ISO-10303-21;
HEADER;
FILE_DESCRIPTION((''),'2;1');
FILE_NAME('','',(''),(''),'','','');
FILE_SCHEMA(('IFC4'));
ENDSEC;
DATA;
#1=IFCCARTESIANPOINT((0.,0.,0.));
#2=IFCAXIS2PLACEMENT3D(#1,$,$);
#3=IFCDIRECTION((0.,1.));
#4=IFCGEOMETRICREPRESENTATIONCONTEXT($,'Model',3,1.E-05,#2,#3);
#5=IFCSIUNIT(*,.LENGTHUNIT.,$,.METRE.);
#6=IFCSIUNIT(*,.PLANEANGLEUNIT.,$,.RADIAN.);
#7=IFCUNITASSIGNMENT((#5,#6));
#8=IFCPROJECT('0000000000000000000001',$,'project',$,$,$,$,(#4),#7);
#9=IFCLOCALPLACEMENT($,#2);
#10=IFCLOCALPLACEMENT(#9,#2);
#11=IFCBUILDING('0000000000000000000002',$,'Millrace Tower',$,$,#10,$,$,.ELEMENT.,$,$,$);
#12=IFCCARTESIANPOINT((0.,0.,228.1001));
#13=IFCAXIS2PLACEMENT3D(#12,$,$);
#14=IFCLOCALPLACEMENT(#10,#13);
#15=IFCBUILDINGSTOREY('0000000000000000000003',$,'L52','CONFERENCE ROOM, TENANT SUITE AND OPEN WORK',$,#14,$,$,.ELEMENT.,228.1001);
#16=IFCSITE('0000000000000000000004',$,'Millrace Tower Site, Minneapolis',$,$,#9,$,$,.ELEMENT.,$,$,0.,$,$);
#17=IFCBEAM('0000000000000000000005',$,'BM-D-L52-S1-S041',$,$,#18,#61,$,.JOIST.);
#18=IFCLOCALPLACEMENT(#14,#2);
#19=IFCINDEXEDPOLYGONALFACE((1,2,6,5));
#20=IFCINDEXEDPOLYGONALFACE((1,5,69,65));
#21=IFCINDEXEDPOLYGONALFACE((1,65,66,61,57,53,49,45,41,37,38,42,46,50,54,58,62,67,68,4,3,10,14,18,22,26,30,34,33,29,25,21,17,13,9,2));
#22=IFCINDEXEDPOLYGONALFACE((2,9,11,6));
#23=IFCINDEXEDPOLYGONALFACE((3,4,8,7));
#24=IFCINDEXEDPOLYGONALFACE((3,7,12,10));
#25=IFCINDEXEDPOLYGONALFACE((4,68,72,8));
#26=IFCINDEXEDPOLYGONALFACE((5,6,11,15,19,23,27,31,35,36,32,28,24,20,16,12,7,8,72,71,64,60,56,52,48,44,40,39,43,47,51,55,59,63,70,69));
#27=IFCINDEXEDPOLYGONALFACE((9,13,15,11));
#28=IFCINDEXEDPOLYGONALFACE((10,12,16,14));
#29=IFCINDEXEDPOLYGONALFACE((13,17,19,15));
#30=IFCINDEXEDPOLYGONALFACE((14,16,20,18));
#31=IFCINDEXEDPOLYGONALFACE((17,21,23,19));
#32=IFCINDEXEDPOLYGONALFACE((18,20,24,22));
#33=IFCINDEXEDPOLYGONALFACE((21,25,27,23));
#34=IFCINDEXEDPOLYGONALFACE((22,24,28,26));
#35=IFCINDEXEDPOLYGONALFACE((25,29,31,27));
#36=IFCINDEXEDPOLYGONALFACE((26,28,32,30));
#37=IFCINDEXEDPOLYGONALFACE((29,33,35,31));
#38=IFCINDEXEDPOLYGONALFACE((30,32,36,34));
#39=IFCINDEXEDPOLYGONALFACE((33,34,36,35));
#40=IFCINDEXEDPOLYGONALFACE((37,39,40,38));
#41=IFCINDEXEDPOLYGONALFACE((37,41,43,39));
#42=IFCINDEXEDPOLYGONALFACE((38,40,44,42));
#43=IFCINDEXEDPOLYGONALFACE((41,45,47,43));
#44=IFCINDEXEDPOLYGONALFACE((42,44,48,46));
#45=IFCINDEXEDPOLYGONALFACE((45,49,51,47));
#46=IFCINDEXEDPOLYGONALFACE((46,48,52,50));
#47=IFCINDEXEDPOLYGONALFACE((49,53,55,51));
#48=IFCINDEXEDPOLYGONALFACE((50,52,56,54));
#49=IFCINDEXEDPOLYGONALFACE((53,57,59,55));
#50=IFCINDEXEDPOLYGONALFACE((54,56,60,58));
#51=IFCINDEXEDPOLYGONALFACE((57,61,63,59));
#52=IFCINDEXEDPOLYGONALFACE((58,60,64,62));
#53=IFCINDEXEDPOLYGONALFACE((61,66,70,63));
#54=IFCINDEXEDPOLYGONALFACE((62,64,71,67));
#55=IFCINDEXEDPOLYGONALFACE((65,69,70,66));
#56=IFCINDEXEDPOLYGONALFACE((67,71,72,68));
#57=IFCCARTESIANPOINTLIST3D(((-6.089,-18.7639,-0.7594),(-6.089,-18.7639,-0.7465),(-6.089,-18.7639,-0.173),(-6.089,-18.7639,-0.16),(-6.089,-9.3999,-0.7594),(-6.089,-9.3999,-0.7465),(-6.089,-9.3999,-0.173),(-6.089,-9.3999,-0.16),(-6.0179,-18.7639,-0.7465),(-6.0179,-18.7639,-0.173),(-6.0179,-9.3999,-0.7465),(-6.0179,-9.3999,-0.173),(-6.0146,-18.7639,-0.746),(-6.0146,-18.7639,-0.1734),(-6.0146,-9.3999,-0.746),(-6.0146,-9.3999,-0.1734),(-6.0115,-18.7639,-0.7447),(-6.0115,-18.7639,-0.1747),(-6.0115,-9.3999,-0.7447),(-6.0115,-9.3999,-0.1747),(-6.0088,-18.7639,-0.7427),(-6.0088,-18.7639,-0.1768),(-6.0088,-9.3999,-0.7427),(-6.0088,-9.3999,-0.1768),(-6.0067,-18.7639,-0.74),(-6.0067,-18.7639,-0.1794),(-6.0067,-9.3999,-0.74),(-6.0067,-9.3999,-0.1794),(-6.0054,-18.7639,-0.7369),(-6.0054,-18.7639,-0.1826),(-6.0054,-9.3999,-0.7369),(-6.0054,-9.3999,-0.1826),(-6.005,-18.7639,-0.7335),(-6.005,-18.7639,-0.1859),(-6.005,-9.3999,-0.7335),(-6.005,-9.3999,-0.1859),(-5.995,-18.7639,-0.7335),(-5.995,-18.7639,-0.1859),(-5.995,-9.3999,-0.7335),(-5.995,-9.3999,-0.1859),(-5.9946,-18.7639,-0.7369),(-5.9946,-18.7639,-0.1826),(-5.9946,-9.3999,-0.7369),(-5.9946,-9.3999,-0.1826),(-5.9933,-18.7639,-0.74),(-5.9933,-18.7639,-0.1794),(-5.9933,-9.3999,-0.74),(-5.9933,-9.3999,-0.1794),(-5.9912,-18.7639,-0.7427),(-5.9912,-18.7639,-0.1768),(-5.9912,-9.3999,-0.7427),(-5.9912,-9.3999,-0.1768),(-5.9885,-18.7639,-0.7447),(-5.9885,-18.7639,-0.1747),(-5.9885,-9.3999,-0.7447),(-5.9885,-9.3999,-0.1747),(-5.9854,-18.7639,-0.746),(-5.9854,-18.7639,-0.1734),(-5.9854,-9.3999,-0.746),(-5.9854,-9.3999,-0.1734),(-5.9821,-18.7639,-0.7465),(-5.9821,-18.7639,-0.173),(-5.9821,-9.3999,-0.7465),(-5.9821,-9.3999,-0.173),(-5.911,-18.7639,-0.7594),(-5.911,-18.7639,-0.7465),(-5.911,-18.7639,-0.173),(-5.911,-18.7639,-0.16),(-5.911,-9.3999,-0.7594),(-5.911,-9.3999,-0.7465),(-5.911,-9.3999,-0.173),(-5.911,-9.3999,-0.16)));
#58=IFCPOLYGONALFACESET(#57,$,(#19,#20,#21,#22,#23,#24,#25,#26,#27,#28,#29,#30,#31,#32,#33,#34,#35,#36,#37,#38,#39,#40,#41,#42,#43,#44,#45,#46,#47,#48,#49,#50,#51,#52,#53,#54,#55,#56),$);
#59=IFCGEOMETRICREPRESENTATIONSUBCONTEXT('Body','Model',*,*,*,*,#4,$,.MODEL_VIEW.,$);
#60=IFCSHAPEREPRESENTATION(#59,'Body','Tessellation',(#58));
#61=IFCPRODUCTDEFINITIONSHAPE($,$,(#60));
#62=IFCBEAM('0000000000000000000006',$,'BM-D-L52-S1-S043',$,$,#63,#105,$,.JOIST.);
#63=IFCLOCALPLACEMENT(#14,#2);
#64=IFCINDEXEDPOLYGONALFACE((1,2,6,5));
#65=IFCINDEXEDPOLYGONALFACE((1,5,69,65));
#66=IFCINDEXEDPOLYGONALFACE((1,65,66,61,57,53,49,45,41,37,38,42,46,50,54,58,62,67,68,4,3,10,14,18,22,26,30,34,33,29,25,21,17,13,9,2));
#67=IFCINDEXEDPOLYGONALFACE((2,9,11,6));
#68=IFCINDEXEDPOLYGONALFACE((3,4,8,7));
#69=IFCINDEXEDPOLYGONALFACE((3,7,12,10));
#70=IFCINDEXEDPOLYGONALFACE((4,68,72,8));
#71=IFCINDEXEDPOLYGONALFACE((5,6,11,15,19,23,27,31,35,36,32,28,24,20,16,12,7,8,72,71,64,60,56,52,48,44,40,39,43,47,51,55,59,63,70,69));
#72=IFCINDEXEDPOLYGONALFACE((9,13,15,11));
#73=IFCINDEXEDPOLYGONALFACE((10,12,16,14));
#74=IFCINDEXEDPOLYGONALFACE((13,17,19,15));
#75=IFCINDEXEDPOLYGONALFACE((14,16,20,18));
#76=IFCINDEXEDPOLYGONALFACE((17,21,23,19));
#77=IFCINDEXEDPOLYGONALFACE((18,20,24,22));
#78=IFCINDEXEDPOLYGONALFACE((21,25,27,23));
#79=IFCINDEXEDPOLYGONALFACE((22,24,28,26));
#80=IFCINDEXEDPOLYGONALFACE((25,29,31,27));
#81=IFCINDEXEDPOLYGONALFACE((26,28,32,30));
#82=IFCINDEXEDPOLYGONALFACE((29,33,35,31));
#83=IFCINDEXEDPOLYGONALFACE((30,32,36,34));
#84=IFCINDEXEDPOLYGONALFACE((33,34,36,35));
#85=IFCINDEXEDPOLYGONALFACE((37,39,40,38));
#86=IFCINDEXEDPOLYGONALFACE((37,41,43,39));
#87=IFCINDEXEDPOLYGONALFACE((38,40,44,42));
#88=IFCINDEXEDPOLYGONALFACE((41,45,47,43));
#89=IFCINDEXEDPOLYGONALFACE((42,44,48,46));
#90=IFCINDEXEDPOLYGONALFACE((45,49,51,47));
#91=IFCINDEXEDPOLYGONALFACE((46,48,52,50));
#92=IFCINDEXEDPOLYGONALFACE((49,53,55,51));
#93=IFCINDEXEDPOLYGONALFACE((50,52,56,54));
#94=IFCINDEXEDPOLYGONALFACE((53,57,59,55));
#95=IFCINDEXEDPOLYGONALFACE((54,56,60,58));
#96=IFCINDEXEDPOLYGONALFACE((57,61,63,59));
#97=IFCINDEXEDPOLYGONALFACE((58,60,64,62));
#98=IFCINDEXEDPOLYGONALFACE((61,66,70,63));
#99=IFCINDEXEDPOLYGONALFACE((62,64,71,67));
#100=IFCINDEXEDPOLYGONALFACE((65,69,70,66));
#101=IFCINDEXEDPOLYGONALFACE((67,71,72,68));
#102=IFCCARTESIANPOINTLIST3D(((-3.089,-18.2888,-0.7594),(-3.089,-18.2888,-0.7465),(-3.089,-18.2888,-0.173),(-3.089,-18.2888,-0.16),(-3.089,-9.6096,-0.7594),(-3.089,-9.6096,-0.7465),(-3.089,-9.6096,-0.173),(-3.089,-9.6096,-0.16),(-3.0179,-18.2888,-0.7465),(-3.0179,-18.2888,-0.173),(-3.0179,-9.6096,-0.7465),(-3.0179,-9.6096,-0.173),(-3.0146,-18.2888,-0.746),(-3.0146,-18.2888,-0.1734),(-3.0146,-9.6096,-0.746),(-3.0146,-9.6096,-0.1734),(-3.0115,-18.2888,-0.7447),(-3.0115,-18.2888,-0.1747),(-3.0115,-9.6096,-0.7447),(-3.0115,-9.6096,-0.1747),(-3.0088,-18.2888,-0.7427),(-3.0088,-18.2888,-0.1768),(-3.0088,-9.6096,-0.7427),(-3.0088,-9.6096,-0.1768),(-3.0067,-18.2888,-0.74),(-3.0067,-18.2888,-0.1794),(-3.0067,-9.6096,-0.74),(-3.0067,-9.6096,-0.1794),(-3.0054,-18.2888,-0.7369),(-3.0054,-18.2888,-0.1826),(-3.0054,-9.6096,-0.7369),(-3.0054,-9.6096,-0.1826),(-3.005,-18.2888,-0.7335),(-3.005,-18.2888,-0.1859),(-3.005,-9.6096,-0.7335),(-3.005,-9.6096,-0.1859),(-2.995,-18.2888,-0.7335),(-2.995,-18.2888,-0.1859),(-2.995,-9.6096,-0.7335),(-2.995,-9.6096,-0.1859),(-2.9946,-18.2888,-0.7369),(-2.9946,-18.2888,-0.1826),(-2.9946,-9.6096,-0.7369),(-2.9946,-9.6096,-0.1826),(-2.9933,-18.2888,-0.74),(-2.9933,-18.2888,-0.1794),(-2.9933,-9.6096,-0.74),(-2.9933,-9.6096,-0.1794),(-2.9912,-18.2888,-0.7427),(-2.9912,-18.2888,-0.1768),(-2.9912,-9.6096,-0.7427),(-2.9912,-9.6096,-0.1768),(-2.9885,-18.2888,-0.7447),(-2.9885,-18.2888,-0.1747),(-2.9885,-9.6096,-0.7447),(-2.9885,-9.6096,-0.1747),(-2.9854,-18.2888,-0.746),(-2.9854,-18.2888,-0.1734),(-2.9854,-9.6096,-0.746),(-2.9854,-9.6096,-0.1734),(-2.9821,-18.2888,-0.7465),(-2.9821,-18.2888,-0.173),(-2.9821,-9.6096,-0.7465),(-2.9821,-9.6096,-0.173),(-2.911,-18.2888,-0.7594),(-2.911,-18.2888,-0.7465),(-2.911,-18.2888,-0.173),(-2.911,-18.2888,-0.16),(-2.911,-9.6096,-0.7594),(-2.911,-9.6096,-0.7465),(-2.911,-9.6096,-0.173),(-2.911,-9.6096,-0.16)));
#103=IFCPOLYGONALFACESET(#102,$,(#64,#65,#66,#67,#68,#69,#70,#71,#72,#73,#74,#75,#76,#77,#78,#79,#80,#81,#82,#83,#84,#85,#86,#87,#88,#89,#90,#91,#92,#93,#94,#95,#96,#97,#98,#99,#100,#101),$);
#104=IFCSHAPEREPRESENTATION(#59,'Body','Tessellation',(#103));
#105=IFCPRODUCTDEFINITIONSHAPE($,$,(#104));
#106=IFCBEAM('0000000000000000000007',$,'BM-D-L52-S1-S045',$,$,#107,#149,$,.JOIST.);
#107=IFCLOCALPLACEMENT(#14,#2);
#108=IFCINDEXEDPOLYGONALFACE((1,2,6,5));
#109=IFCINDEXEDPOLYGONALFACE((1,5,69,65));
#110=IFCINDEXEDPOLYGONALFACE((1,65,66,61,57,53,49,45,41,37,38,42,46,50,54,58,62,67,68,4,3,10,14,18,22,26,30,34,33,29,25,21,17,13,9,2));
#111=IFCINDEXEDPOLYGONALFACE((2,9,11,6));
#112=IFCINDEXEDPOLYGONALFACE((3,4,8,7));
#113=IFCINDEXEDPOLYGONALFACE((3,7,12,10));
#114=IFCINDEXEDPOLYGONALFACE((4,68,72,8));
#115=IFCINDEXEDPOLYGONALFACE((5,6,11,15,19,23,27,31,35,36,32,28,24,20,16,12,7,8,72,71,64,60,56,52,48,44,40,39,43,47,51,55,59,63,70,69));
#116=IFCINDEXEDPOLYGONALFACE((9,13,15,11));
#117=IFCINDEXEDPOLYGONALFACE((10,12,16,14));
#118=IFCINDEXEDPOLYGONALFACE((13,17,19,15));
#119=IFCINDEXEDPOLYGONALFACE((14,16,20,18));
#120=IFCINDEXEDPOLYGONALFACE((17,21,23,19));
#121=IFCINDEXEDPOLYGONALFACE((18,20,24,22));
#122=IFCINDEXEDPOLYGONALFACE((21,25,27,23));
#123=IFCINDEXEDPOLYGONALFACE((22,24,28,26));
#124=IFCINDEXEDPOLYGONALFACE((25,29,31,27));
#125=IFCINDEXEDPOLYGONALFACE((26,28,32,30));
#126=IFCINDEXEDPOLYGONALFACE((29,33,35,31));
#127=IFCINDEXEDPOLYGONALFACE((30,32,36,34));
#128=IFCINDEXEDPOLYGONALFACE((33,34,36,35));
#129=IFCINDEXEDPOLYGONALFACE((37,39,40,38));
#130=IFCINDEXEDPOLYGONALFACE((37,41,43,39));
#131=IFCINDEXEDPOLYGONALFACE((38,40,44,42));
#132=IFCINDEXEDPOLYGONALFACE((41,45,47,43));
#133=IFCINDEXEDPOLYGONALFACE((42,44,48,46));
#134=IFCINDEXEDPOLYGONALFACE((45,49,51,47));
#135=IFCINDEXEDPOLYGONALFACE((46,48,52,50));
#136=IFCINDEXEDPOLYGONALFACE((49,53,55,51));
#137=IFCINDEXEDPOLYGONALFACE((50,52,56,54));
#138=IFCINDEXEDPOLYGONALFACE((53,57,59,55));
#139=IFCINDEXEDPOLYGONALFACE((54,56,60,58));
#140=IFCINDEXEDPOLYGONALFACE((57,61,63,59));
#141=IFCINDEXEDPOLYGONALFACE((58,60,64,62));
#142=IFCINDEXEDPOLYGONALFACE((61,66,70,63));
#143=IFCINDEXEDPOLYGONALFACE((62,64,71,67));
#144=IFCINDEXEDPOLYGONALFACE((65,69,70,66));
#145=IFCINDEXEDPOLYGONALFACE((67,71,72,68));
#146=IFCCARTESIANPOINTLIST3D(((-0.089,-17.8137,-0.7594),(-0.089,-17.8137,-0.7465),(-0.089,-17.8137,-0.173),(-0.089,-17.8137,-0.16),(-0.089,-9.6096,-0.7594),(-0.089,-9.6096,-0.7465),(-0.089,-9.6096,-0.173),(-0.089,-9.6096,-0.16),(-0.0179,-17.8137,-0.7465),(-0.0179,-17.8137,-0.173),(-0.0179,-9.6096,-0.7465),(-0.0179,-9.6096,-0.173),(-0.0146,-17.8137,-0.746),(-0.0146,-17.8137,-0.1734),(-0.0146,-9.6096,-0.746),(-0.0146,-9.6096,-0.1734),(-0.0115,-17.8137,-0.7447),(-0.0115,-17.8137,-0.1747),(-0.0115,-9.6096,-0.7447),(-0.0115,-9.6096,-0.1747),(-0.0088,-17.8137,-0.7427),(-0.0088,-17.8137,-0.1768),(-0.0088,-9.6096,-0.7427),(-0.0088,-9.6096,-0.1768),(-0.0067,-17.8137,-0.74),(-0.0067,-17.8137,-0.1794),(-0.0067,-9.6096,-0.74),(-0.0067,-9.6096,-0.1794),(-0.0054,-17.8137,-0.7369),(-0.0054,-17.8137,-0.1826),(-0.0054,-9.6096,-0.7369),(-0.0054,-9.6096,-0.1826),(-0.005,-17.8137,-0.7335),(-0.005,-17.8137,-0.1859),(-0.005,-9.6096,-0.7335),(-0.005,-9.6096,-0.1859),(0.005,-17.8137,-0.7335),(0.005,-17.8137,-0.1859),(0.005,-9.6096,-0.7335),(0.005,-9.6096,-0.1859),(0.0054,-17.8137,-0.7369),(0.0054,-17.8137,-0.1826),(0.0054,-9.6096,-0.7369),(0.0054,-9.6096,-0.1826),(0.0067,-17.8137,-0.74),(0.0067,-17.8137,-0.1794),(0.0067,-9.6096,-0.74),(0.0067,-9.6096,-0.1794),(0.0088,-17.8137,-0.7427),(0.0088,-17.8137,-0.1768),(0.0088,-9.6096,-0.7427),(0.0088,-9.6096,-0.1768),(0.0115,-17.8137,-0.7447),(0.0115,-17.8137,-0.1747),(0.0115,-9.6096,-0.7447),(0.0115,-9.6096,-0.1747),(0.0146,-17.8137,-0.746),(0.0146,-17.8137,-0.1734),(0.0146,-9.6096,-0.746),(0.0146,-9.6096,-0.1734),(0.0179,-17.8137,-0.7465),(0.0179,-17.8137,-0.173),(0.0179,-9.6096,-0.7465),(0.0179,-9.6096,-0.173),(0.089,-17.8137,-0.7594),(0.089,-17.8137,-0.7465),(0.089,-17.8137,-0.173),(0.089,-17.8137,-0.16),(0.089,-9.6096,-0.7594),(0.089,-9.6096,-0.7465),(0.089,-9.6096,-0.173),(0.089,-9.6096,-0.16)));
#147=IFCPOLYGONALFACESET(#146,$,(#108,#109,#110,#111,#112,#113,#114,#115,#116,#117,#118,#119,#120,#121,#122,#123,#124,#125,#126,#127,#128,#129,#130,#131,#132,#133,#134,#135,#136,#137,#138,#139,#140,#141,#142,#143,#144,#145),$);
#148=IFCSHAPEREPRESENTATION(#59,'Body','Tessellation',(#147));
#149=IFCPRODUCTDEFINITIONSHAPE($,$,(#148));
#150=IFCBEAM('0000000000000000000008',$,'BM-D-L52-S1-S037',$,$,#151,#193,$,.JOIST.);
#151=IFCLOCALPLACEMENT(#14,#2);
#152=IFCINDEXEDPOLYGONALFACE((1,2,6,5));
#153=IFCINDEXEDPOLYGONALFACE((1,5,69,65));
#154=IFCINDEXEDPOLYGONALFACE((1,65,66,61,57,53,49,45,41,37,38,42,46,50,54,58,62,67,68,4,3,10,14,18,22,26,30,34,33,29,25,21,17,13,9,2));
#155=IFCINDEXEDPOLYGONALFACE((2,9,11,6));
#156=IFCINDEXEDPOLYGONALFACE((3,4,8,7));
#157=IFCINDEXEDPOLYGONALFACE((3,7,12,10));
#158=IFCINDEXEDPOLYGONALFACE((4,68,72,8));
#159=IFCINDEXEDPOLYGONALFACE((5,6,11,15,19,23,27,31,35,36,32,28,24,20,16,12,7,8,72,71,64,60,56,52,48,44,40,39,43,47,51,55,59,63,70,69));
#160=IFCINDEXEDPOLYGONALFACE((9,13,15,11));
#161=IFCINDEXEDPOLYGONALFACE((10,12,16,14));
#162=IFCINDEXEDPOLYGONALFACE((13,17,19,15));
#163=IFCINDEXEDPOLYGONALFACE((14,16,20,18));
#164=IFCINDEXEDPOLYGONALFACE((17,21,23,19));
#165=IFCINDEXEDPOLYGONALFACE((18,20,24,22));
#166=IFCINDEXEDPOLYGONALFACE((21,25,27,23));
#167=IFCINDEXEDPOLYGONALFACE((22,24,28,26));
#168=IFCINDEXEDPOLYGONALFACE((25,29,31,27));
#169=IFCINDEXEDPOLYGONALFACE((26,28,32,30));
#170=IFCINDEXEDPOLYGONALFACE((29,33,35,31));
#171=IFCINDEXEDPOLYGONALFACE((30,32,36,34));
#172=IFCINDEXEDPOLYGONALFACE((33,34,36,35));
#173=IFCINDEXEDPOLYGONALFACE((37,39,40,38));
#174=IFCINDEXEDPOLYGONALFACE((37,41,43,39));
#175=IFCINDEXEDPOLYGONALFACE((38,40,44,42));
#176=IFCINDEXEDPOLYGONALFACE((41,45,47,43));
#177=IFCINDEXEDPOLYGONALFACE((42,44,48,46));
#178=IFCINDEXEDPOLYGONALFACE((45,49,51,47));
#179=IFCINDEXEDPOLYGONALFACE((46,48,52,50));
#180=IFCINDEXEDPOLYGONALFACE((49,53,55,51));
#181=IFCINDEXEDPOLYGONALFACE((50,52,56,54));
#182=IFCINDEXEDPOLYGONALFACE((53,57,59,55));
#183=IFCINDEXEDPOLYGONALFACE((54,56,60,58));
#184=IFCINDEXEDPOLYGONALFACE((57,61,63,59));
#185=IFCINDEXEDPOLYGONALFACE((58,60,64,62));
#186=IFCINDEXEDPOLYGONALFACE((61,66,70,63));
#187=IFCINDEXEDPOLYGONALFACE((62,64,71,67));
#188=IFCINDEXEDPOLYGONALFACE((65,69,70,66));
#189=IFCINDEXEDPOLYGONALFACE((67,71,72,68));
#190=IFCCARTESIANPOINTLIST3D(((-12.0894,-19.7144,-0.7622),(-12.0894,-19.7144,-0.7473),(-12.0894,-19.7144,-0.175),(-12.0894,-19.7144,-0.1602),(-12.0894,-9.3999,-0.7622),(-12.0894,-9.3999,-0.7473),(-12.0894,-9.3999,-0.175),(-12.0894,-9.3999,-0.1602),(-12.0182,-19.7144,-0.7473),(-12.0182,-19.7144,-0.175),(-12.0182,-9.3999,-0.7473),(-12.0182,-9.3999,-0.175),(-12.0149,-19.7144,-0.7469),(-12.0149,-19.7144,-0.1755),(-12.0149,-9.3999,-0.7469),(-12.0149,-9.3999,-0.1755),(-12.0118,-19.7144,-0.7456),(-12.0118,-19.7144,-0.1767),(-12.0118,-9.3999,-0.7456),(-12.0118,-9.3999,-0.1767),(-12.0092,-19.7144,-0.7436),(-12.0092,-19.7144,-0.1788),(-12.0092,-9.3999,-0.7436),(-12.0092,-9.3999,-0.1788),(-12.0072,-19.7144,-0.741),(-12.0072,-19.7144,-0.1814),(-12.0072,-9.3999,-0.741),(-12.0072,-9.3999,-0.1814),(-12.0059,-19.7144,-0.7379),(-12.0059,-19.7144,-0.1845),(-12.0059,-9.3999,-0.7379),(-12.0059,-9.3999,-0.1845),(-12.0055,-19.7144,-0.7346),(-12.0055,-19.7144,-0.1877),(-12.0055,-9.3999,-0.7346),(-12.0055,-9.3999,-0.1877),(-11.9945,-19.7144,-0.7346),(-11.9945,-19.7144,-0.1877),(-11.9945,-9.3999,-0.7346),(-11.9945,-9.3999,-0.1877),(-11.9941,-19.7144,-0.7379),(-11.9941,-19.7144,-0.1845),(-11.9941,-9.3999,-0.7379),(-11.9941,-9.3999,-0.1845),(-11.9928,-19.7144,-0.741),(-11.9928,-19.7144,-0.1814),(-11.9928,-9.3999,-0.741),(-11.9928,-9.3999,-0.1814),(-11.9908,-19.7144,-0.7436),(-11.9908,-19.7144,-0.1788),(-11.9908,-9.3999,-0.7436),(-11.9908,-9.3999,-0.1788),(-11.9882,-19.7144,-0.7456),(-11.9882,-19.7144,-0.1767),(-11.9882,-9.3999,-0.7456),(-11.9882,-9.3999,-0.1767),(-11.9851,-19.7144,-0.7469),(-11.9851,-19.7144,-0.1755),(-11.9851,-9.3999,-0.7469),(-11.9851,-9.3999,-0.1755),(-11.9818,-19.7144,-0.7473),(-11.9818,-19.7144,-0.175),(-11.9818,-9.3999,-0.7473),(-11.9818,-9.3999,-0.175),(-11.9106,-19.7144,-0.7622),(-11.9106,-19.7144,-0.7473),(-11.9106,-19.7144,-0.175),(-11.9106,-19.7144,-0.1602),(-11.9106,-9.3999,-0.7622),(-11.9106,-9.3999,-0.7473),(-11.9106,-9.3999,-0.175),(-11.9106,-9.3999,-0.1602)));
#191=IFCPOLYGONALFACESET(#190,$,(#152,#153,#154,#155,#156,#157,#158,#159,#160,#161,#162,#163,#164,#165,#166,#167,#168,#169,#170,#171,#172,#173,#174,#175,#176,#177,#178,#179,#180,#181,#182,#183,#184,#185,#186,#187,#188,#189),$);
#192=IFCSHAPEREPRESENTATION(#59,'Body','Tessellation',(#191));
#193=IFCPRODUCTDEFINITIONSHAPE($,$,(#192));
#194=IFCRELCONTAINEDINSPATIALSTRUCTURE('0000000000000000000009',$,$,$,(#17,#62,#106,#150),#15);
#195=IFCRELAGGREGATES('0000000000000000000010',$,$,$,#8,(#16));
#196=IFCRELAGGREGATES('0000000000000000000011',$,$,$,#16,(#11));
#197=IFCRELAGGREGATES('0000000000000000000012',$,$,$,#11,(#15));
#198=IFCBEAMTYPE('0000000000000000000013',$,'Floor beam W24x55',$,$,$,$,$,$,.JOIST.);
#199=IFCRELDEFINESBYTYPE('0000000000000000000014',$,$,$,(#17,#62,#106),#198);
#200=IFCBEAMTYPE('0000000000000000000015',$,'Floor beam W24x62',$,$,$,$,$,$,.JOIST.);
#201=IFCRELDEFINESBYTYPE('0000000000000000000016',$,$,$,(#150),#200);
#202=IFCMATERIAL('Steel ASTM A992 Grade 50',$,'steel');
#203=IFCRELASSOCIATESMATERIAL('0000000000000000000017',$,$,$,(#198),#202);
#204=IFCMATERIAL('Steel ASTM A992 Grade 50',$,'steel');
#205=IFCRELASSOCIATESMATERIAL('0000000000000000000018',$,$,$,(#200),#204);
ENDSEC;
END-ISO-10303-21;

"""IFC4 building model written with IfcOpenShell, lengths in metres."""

from ifc_helpers import new_model, si_unit, direction, frame, origin, origin_2d, place, context, subcontext, project, spatial, i_section, extrude, material, material_profile, profile_set, type_object, element, save


model = new_model("IFC4")

# Units and contexts
model_context = context("Model", 3, precision=1e-05, world=origin(), true_north=direction((0.0, 1.0)))
body_context = subcontext(model_context, "Body", "Model", "MODEL_VIEW")
ifc_project = project(units=[si_unit("LENGTHUNIT", "METRE"), si_unit("PLANEANGLEUNIT", "RADIAN")], contexts=[model_context])

# Site, building, storey
site_placement = place(None, origin())
site = spatial("IfcSite", under=ifc_project, at=site_placement, Name="Millrace Tower Site, Minneapolis", CompositionType="ELEMENT", RefElevation=0.0)
building_placement = place(site_placement, origin())
building = spatial("IfcBuilding", under=site, at=building_placement, Name="Millrace Tower", CompositionType="ELEMENT")
storey_placement = place(building_placement, frame((0.0, 0.0, 228.1001)))
storey = spatial("IfcBuildingStorey", under=building, at=storey_placement, Name="L52", Description="CONFERENCE ROOM, TENANT SUITE AND OPEN WORK", CompositionType="ELEMENT", Elevation=228.1001)

# Beams
ifc_material_1 = material(Name="Steel ASTM A992 Grade 50", Category="steel")
ifc_material_profile_1 = material_profile(ifc_material_1, i_section(OverallWidth=0.178, OverallDepth=0.5994, WebThickness=0.01, FlangeThickness=0.0129, FilletRadius=0.0129, at=origin_2d()))
ifc_profile_set_1 = profile_set([ifc_material_profile_1], Name="Steel ASTM A992 Grade 50")
beam_type_1 = type_object("IfcBeamType", Name="Floor beam W24x55", PredefinedType="JOIST", material=ifc_profile_set_1)
beam_1_placement = place(storey_placement, frame((-6.0, -18.7639, -0.4597), z_axis=(0.0, 1.0, 0.0), x_axis=(-1.0, 0.0, 0.0)))
element("IfcBeam", 1, at=beam_1_placement, inside=storey, type_object=beam_type_1, Name="BM-D-L52-S1-S041", PredefinedType="JOIST", context=body_context, shape_type="SweptSolid", body=[
    extrude(i_section(OverallWidth=0.178, OverallDepth=0.5994, WebThickness=0.01, FlangeThickness=0.0129, FilletRadius=0.0129, at=origin_2d()), origin(), (0.0, 0.0, 1.0), 9.364),
])
beam_2_placement = place(storey_placement, frame((-3.0, -18.2888, -0.4597), z_axis=(0.0, 1.0, 0.0), x_axis=(-1.0, 0.0, 0.0)))
element("IfcBeam", 2, at=beam_2_placement, inside=storey, type_object=beam_type_1, Name="BM-D-L52-S1-S043", PredefinedType="JOIST", context=body_context, shape_type="SweptSolid", body=[
    extrude(i_section(OverallWidth=0.178, OverallDepth=0.5994, WebThickness=0.01, FlangeThickness=0.0129, FilletRadius=0.0129, at=origin_2d()), origin(), (0.0, 0.0, 1.0), 8.6792),
])
beam_3_placement = place(storey_placement, frame((0.0, -17.8137, -0.4597), z_axis=(0.0, 1.0, 0.0), x_axis=(-1.0, 0.0, 0.0)))
element("IfcBeam", 3, at=beam_3_placement, inside=storey, type_object=beam_type_1, Name="BM-D-L52-S1-S045", PredefinedType="JOIST", context=body_context, shape_type="SweptSolid", body=[
    extrude(i_section(OverallWidth=0.178, OverallDepth=0.5994, WebThickness=0.01, FlangeThickness=0.0129, FilletRadius=0.0129, at=origin_2d()), origin(), (0.0, 0.0, 1.0), 8.2041),
])
ifc_material_2 = material(Name="Steel ASTM A992 Grade 50", Category="steel")
ifc_material_profile_2 = material_profile(ifc_material_2, i_section(OverallWidth=0.1787, OverallDepth=0.6021, WebThickness=0.011, FlangeThickness=0.0149, FilletRadius=0.0127, at=origin_2d()))
ifc_profile_set_2 = profile_set([ifc_material_profile_2], Name="Steel ASTM A992 Grade 50")
beam_type_2 = type_object("IfcBeamType", Name="Floor beam W24x62", PredefinedType="JOIST", material=ifc_profile_set_2)
beam_4_placement = place(storey_placement, frame((-12.0, -19.7144, -0.4612), z_axis=(0.0, 1.0, 0.0), x_axis=(-1.0, 0.0, 0.0)))
element("IfcBeam", 4, at=beam_4_placement, inside=storey, type_object=beam_type_2, Name="BM-D-L52-S1-S037", PredefinedType="JOIST", context=body_context, shape_type="SweptSolid", body=[
    extrude(i_section(OverallWidth=0.1787, OverallDepth=0.6021, WebThickness=0.011, FlangeThickness=0.0149, FilletRadius=0.0127, at=origin_2d()), origin(), (0.0, 0.0, 1.0), 10.3145),
])

save(model, "model.ifc")
